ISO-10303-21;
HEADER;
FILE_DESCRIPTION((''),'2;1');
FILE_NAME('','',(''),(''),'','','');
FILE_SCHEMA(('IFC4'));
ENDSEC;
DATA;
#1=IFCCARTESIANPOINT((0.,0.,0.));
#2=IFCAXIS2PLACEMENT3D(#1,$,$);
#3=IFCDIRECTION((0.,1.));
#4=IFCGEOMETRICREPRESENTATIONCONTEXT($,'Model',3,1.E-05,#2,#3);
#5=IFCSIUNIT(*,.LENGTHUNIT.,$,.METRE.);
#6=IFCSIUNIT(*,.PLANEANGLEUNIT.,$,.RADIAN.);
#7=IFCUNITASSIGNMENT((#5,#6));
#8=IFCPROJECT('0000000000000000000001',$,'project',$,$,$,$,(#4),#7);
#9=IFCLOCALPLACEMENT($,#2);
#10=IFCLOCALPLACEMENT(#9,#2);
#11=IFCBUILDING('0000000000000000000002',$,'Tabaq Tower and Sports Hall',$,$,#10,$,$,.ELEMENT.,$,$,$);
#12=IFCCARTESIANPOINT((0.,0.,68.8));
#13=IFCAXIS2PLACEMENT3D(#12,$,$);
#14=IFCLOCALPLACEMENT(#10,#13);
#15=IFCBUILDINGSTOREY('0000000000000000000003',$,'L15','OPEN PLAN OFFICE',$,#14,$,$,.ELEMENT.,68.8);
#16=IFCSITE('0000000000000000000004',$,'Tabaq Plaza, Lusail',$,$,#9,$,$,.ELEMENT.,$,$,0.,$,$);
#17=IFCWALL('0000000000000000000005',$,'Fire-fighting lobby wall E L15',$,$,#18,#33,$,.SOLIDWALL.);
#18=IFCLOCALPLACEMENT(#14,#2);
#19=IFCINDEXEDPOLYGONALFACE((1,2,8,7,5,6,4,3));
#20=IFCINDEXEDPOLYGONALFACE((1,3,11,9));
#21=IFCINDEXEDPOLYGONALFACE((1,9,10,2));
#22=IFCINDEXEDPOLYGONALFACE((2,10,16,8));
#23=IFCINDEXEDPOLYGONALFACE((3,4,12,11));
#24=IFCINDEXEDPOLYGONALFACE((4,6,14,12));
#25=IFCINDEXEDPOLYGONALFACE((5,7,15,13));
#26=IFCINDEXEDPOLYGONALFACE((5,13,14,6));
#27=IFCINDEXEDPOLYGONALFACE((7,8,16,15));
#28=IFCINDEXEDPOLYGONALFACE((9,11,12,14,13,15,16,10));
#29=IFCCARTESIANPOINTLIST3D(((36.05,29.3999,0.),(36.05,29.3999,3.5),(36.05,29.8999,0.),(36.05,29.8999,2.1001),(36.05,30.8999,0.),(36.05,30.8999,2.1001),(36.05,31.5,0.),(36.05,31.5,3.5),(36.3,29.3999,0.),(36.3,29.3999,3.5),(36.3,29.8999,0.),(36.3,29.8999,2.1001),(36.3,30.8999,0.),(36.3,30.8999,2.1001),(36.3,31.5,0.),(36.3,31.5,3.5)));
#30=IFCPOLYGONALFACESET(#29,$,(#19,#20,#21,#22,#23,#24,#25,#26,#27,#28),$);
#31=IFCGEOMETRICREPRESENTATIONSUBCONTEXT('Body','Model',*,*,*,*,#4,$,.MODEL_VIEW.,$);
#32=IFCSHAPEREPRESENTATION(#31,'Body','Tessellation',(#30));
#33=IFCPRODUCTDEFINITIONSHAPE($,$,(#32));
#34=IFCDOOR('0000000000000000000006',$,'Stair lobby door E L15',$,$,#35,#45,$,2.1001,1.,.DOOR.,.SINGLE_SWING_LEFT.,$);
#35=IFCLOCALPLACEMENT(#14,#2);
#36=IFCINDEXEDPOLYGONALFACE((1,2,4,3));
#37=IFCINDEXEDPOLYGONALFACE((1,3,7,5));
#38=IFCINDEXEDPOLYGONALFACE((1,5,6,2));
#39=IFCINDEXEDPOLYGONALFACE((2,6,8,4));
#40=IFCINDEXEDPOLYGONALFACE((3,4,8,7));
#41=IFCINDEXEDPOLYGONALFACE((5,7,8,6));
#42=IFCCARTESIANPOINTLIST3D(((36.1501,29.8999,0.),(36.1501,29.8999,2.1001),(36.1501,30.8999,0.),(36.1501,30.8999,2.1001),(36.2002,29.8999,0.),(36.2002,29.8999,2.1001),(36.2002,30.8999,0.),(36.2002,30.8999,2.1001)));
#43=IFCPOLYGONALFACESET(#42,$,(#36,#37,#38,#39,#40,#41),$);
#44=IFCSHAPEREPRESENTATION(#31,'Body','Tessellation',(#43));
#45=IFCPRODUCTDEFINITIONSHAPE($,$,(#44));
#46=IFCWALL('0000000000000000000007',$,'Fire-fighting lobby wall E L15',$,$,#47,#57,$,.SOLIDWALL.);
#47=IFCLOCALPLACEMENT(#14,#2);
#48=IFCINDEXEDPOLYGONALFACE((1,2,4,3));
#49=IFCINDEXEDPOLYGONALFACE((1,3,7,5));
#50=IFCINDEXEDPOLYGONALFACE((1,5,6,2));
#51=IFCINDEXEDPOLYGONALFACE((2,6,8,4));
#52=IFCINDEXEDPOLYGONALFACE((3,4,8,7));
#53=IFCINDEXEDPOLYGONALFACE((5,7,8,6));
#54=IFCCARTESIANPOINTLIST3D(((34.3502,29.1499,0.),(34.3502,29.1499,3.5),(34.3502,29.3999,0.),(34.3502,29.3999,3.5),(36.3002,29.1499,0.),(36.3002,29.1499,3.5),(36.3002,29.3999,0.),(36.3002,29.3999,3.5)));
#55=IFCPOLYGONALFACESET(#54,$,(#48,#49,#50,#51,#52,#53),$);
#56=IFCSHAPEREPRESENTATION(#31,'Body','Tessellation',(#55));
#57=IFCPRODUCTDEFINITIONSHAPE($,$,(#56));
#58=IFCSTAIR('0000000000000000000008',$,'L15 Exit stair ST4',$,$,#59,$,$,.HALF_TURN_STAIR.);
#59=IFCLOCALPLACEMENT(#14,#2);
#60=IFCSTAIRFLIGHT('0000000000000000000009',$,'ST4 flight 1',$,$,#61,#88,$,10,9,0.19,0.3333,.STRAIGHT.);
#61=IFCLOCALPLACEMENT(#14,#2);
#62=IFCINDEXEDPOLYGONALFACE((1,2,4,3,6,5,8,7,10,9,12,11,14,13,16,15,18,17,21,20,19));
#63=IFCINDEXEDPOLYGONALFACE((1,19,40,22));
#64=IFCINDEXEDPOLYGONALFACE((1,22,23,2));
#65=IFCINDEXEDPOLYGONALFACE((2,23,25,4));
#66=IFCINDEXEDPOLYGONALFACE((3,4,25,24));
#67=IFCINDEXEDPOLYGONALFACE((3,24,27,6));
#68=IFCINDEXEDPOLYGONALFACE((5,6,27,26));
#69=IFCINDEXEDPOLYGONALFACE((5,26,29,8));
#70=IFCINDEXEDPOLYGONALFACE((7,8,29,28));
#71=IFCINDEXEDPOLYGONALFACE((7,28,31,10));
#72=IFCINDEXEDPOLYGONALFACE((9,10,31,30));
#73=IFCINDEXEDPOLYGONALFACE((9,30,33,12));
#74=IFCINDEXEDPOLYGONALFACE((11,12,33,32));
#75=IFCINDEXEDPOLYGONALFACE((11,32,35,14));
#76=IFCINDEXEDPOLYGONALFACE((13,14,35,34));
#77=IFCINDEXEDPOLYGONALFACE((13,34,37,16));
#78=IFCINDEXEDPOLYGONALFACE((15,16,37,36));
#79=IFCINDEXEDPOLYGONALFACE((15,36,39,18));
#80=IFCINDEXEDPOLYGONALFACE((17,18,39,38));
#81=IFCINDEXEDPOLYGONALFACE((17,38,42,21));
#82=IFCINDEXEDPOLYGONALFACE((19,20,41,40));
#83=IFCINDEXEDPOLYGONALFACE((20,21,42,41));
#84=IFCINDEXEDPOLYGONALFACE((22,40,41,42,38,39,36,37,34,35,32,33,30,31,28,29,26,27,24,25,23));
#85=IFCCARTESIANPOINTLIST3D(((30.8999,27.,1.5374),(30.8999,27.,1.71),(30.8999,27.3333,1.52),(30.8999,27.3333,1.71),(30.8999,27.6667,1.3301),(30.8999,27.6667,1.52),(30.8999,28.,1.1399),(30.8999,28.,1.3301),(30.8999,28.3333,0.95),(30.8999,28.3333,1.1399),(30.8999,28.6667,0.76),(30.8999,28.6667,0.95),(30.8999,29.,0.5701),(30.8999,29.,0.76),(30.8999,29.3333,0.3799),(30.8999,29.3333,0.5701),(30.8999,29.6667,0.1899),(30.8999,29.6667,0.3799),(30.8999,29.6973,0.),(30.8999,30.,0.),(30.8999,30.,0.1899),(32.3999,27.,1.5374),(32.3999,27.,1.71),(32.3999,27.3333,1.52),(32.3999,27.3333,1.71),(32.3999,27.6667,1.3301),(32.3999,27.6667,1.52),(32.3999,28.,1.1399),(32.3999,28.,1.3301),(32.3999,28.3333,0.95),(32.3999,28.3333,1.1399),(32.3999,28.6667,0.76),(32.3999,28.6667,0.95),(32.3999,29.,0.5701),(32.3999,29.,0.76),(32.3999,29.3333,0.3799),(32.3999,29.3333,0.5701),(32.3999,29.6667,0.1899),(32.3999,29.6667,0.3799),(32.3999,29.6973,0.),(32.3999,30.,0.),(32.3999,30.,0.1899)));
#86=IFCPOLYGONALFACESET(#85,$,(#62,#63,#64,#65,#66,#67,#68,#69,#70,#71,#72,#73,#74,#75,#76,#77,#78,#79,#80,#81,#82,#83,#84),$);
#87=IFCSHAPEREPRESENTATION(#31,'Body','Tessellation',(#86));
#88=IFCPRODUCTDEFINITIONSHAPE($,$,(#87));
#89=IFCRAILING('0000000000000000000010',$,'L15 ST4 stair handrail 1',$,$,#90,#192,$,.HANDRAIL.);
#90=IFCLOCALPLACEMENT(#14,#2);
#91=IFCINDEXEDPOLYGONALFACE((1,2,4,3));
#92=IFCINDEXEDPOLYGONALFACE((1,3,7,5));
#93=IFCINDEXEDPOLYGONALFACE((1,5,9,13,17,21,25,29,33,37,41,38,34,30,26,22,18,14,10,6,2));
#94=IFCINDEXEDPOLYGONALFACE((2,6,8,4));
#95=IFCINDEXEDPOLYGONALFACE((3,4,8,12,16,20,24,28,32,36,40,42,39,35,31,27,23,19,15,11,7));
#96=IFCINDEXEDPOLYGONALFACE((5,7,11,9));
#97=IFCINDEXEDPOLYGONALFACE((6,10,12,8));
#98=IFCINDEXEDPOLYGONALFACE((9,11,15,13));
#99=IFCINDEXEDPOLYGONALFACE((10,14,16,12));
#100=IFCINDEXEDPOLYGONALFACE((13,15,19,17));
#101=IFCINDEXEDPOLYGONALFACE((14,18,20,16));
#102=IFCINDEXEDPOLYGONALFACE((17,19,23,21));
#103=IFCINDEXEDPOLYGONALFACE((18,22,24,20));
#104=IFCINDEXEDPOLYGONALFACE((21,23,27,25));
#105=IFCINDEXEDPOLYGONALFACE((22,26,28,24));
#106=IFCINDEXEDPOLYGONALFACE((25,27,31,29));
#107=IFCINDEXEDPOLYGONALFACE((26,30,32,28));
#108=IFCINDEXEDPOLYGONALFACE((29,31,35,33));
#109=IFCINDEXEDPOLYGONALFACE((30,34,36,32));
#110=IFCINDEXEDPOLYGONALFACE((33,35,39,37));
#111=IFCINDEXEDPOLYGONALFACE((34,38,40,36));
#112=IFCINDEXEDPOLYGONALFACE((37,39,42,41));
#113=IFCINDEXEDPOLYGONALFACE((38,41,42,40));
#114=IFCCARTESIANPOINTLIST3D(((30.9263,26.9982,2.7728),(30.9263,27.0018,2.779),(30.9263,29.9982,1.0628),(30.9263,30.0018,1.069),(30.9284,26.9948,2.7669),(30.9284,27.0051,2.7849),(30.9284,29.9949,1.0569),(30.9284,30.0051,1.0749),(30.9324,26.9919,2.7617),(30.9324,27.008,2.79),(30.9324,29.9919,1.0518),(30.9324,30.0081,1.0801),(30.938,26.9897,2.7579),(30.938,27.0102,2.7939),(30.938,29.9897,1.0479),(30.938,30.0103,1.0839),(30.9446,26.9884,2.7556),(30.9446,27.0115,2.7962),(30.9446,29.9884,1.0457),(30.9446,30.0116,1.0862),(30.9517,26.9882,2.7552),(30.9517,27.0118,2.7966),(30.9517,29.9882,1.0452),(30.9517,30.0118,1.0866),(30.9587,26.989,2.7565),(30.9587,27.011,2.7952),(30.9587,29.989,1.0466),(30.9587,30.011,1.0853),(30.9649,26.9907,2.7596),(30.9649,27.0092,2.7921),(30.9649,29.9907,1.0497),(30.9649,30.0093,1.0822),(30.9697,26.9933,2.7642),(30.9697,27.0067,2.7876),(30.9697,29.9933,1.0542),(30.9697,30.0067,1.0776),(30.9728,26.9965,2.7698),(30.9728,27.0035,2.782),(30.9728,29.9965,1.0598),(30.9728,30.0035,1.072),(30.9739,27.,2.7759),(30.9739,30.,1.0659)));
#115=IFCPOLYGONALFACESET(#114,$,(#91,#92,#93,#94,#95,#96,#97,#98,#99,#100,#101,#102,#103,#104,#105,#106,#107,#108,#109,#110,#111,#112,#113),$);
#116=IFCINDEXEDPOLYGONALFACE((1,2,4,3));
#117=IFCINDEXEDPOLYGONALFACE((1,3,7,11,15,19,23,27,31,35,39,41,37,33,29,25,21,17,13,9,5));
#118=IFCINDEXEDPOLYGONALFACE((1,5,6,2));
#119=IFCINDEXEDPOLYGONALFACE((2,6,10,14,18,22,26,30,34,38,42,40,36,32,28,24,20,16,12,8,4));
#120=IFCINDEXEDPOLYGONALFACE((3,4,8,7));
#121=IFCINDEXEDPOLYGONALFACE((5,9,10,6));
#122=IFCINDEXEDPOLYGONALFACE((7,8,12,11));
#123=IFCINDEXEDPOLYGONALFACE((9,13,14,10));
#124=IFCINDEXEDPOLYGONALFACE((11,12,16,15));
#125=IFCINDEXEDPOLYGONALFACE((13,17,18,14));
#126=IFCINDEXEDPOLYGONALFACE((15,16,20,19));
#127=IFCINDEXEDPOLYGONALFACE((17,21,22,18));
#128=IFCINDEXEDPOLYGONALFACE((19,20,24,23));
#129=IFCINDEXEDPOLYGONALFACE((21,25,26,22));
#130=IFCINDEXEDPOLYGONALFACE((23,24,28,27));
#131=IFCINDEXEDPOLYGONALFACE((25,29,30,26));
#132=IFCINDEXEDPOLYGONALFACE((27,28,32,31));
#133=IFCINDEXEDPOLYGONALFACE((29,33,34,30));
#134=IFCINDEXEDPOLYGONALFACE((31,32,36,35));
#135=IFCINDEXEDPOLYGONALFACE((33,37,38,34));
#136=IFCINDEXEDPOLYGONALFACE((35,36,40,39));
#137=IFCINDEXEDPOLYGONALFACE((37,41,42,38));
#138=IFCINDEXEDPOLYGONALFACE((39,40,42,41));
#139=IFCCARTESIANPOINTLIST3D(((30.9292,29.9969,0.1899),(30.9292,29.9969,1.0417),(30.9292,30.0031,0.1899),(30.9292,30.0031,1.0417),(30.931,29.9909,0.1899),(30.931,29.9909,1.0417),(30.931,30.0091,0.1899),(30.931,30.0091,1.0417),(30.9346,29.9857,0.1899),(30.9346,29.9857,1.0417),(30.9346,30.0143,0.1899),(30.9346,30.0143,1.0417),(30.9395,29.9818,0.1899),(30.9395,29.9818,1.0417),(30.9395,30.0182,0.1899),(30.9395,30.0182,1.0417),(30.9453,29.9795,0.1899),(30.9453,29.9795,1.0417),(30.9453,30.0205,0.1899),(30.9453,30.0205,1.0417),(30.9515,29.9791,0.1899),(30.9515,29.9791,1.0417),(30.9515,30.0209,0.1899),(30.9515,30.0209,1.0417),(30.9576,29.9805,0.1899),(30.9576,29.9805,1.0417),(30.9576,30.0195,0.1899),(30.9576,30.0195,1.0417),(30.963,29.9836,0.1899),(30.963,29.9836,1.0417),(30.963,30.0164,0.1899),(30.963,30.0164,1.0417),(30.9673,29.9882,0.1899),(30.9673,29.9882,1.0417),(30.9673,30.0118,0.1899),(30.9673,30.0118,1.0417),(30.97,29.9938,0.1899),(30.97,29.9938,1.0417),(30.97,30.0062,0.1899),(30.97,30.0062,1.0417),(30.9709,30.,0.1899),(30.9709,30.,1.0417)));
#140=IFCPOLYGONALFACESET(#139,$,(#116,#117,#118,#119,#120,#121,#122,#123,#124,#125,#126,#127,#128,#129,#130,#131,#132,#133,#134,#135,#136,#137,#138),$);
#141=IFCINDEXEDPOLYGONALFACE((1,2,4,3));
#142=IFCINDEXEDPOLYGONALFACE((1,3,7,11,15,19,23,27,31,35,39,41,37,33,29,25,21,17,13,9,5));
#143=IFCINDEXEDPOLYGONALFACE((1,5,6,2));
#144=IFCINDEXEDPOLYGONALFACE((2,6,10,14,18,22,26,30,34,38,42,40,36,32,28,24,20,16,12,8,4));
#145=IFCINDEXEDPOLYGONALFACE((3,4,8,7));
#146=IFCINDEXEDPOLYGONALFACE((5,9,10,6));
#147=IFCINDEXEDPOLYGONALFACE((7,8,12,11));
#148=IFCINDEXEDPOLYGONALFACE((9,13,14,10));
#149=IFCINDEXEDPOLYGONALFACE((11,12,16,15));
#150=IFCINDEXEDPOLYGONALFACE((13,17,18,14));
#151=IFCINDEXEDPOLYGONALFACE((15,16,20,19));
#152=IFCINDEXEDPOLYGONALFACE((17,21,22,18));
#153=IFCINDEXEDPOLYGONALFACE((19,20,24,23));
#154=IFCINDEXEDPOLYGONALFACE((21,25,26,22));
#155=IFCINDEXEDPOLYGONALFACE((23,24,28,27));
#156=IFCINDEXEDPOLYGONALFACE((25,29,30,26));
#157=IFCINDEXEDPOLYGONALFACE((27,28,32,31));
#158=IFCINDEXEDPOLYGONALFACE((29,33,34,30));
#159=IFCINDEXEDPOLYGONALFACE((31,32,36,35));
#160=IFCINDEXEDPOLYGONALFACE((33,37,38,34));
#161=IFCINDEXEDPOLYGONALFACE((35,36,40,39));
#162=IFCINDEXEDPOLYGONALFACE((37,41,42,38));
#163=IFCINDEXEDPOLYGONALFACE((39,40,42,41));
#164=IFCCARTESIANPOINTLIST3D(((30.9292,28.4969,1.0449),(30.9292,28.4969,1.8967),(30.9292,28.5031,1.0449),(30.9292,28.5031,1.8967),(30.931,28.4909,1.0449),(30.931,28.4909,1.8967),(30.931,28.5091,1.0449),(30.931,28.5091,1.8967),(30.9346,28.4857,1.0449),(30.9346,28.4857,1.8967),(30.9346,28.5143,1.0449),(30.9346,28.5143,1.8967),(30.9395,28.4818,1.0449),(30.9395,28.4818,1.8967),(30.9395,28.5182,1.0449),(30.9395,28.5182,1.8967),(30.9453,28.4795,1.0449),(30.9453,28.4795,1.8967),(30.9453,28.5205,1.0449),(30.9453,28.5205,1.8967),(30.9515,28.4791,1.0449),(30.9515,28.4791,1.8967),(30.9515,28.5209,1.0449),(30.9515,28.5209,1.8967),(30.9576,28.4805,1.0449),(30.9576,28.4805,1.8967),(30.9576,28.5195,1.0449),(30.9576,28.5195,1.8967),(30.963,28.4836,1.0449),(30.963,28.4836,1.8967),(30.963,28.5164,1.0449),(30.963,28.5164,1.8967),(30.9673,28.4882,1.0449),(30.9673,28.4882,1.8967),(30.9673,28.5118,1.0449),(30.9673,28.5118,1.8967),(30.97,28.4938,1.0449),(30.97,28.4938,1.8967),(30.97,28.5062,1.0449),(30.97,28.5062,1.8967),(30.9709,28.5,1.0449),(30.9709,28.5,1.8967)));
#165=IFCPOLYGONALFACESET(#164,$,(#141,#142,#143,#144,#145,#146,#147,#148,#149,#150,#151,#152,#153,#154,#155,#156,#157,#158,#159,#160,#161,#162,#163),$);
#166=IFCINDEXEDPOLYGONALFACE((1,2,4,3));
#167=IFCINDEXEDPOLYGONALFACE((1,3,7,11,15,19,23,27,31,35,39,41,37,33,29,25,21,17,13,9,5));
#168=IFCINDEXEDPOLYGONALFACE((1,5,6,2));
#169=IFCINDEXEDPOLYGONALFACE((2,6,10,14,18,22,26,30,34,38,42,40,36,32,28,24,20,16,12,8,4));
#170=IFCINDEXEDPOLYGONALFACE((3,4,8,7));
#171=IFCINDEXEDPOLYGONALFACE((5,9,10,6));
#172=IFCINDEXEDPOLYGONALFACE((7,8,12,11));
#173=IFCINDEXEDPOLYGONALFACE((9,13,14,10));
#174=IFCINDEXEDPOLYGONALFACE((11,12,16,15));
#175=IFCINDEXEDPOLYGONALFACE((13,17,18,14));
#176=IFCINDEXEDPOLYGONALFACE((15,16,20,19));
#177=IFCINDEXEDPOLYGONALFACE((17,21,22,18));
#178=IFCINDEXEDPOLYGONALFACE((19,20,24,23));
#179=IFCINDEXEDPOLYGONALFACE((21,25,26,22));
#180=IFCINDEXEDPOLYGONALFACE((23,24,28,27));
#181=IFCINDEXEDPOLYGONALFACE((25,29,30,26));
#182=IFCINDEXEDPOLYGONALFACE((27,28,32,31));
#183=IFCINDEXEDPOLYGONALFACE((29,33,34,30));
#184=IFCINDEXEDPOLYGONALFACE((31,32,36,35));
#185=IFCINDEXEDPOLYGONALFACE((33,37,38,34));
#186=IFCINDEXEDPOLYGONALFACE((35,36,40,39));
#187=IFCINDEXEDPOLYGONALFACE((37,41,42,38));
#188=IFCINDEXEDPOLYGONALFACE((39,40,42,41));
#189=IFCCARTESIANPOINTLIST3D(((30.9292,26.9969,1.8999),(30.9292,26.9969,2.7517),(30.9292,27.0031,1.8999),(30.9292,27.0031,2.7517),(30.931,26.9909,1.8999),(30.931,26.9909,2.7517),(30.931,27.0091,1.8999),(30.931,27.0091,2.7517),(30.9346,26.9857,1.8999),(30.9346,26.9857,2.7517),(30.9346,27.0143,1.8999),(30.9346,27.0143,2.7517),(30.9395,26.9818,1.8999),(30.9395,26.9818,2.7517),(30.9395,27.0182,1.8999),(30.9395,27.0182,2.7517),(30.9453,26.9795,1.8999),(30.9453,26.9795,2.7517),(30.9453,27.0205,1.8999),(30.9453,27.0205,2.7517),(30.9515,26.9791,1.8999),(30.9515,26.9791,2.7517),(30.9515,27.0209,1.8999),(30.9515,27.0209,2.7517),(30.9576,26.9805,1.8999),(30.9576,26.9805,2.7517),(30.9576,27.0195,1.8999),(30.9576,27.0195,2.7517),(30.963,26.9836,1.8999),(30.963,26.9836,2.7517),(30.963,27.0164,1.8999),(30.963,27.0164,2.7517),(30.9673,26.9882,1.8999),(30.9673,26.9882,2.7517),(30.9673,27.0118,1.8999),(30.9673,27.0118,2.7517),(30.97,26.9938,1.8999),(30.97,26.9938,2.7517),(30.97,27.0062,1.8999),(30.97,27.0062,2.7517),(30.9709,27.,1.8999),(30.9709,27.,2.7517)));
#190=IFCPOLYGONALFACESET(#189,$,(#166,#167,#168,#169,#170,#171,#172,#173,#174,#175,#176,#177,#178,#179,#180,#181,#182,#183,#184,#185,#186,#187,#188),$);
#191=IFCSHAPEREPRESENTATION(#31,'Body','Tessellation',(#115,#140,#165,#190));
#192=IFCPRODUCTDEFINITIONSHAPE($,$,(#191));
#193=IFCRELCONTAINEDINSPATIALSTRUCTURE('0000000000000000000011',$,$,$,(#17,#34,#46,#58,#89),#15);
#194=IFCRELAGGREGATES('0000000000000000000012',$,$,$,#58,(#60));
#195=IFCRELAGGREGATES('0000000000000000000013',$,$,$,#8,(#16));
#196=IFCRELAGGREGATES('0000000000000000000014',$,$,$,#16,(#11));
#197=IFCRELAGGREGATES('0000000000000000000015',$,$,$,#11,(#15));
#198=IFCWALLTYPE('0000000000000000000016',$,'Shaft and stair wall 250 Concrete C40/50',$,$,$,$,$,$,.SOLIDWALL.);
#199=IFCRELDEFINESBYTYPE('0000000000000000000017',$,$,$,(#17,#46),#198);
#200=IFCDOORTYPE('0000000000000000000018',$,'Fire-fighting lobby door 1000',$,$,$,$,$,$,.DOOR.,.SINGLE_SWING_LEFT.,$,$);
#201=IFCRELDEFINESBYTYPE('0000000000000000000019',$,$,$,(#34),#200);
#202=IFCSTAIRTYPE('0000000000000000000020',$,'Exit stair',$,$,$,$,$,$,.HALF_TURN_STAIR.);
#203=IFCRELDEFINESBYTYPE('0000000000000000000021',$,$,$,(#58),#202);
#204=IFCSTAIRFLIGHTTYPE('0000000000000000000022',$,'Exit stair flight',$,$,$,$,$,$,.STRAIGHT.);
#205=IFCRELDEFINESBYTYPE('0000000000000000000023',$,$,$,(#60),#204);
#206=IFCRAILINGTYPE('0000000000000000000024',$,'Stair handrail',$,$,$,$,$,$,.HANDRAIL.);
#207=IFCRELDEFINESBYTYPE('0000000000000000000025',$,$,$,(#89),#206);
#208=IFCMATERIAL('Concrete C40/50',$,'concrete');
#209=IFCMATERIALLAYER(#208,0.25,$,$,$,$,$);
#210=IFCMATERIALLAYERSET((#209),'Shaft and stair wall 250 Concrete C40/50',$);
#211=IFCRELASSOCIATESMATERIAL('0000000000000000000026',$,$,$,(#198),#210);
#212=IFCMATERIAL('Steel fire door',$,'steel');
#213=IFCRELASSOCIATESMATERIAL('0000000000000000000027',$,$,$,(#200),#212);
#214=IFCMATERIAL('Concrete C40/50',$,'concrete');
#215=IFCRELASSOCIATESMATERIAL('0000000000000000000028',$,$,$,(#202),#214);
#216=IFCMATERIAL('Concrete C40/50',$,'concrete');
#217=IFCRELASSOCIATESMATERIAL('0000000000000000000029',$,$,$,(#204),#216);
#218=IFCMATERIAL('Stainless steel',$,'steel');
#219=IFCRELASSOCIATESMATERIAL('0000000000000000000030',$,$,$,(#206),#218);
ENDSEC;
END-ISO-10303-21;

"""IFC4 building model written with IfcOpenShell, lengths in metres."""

from ifc_helpers import new_model, si_unit, direction, frame, frame_2d, origin, origin_2d, place, context, subcontext, project, spatial, polyline, rectangle, circle, outline, extrude, material, layer, layer_set, type_object, element, fill, aggregate, save


model = new_model("IFC4")

# Units and contexts
model_context = context("Model", 3, precision=1e-05, world=origin(), true_north=direction((0.0, 1.0)))
body_context = subcontext(model_context, "Body", "Model", "MODEL_VIEW")
ifc_project = project(units=[si_unit("LENGTHUNIT", "METRE"), si_unit("PLANEANGLEUNIT", "RADIAN")], contexts=[model_context])

# Site, building, storey
site_placement = place(None, origin())
site = spatial("IfcSite", under=ifc_project, at=site_placement, Name="Tabaq Plaza, Lusail", CompositionType="ELEMENT", RefElevation=0.0)
building_placement = place(site_placement, origin())
building = spatial("IfcBuilding", under=site, at=building_placement, Name="Tabaq Tower and Sports Hall", CompositionType="ELEMENT")
storey_placement = place(building_placement, frame((0.0, 0.0, 68.8)))
storey = spatial("IfcBuildingStorey", under=building, at=storey_placement, Name="L15", Description="OPEN PLAN OFFICE", CompositionType="ELEMENT", Elevation=68.8)

# Wall, opening, door
ifc_material_1 = material(Name="Concrete C40/50", Category="concrete")
ifc_layer_1 = layer(ifc_material_1, 0.25)
ifc_layer_set_1 = layer_set([ifc_layer_1], Name="Shaft and stair wall 250 Concrete C40/50")
wall_type_1 = type_object("IfcWallType", Name="Shaft and stair wall 250 Concrete C40/50", PredefinedType="SOLIDWALL", material=ifc_layer_set_1)
wall_1_placement = place(storey_placement, frame((36.175, 29.3999, 0.0), z_axis=(0.0, 0.0, 1.0), x_axis=(0.0, 1.0, 0.0)))
wall_1 = element("IfcWall", 1, at=wall_1_placement, inside=storey, type_object=wall_type_1, Name="Fire-fighting lobby wall E L15", PredefinedType="SOLIDWALL", context=body_context, shape_type="SweptSolid", body=[
    extrude(rectangle(XDim=2.1001, YDim=0.25, at=frame_2d((1.05, 0.0))), origin(), (0.0, 0.0, 1.0), 3.5),
])
opening_1_placement = place(wall_1_placement, frame((0.5, 0.0, 0.0)))
opening_1 = element("IfcOpeningElement", 2, at=opening_1_placement, cuts=wall_1, PredefinedType="OPENING", context=body_context, shape_type="SweptSolid", body=[
    extrude(rectangle(XDim=1.0, YDim=2.1001, at=frame_2d((0.5, 1.05))), frame((0.0, 0.125, 0.0), z_axis=(0.0, -1.0, 0.0), x_axis=(1.0, 0.0, 0.0)), (0.0, 0.0, 1.0), 0.25),
])
ifc_material_2 = material(Name="Steel fire door", Category="steel")
door_type_1 = type_object("IfcDoorType", Name="Fire-fighting lobby door 1000", OperationType="SINGLE_SWING_LEFT", PredefinedType="DOOR", material=ifc_material_2)
door_1_placement = place(opening_1_placement, origin())
door_1 = element("IfcDoor", 3, at=door_1_placement, inside=storey, type_object=door_type_1, Name="Stair lobby door E L15", OperationType="SINGLE_SWING_LEFT", OverallHeight=2.1001, OverallWidth=1.0, PredefinedType="DOOR", context=body_context, shape_type="SweptSolid", body=[
    extrude(rectangle(XDim=1.0, YDim=2.1001, at=frame_2d((0.5, 1.05))), frame((0.0, 0.0249, 0.0), z_axis=(0.0, -1.0, 0.0), x_axis=(1.0, 0.0, 0.0)), (0.0, 0.0, 1.0), 0.05),
])
fill(opening_1, door_1)

# Wall
wall_2_placement = place(storey_placement, frame((34.3501, 29.2749, 0.0), z_axis=(0.0, 0.0, 1.0), x_axis=(1.0, 0.0, 0.0)))
element("IfcWall", 4, at=wall_2_placement, inside=storey, type_object=wall_type_1, Name="Fire-fighting lobby wall E L15", PredefinedType="SOLIDWALL", context=body_context, shape_type="SweptSolid", body=[
    extrude(rectangle(XDim=1.95, YDim=0.25, at=frame_2d((0.9751, 0.0))), origin(), (0.0, 0.0, 1.0), 3.5),
])

# Stair, stair flight
ifc_material_3 = material(Name="Concrete C40/50", Category="concrete")
stair_type = type_object("IfcStairType", Name="Exit stair", PredefinedType="HALF_TURN_STAIR", material=ifc_material_3)
stair_placement = place(storey_placement, origin())
stair = element("IfcStair", 5, at=stair_placement, inside=storey, type_object=stair_type, Name="L15 Exit stair ST4", PredefinedType="HALF_TURN_STAIR")
ifc_material_4 = material(Name="Concrete C40/50", Category="concrete")
stair_flight_type = type_object("IfcStairFlightType", Name="Exit stair flight", PredefinedType="STRAIGHT", material=ifc_material_4)
stair_flight_placement = place(storey_placement, frame((31.6499, 30.0, 0.0), z_axis=(0.0, 0.0, 1.0), x_axis=(0.0, -1.0, 0.0)))
stair_flight = element("IfcStairFlight", 6, at=stair_flight_placement, type_object=stair_flight_type, Name="ST4 flight 1", NumberOfRisers=10, NumberOfTreads=9, PredefinedType="STRAIGHT", RiserHeight=0.19, TreadLength=0.3333, context=body_context, shape_type="SweptSolid", body=[
    extrude(outline(polyline([(0.0, 0.0), (0.0, 0.1899), (0.3333, 0.1899), (0.3333, 0.3799), (0.6667, 0.3799), (0.6667, 0.5701), (1.0, 0.5701), (1.0, 0.76), (1.3333, 0.76), (1.3333, 0.95), (1.6667, 0.95), (1.6667, 1.1399), (2.0, 1.1399), (2.0, 1.3301), (2.3333, 1.3301), (2.3333, 1.52), (2.6667, 1.52), (2.6667, 1.71), (3.0, 1.71), (3.0, 1.8999), (3.0, 1.5374), (0.3027, 0.0), (0.0, 0.0)])), frame((0.0, 0.75, 0.0), z_axis=(0.0, -1.0, 0.0), x_axis=(1.0, 0.0, 0.0)), (0.0, 0.0, 1.0), 1.5),
])
aggregate(stair, [stair_flight])

# Railing
ifc_material_5 = material(Name="Stainless steel", Category="steel")
railing_type_1 = type_object("IfcRailingType", Name="Stair handrail", PredefinedType="HANDRAIL", material=ifc_material_5)
railing_1_placement = place(storey_placement, frame((30.95, 30.0, 0.1899)))
element("IfcRailing", 7, at=railing_1_placement, inside=storey, type_object=railing_type_1, Name="L15 ST4 stair handrail 1", PredefinedType="HANDRAIL", context=body_context, shape_type="SweptSolid", body=[
    extrude(circle(Radius=0.0239, at=origin_2d()), frame((0.0, 0.0, 0.876), z_axis=(0.0, -0.868782, 0.495195), x_axis=(1.0, 0.0, 0.0)), (0.0, 0.0, 1.0), 3.4531),
    extrude(circle(Radius=0.021, at=origin_2d()), origin(), (0.0, 0.0, 1.0), 0.8518),
    extrude(circle(Radius=0.021, at=origin_2d()), frame((0.0, -1.5, 0.855)), (0.0, 0.0, 1.0), 0.8518),
    extrude(circle(Radius=0.021, at=origin_2d()), frame((0.0, -3.0, 1.71)), (0.0, 0.0, 1.0), 0.8518),
])

save(model, "model.ifc")
